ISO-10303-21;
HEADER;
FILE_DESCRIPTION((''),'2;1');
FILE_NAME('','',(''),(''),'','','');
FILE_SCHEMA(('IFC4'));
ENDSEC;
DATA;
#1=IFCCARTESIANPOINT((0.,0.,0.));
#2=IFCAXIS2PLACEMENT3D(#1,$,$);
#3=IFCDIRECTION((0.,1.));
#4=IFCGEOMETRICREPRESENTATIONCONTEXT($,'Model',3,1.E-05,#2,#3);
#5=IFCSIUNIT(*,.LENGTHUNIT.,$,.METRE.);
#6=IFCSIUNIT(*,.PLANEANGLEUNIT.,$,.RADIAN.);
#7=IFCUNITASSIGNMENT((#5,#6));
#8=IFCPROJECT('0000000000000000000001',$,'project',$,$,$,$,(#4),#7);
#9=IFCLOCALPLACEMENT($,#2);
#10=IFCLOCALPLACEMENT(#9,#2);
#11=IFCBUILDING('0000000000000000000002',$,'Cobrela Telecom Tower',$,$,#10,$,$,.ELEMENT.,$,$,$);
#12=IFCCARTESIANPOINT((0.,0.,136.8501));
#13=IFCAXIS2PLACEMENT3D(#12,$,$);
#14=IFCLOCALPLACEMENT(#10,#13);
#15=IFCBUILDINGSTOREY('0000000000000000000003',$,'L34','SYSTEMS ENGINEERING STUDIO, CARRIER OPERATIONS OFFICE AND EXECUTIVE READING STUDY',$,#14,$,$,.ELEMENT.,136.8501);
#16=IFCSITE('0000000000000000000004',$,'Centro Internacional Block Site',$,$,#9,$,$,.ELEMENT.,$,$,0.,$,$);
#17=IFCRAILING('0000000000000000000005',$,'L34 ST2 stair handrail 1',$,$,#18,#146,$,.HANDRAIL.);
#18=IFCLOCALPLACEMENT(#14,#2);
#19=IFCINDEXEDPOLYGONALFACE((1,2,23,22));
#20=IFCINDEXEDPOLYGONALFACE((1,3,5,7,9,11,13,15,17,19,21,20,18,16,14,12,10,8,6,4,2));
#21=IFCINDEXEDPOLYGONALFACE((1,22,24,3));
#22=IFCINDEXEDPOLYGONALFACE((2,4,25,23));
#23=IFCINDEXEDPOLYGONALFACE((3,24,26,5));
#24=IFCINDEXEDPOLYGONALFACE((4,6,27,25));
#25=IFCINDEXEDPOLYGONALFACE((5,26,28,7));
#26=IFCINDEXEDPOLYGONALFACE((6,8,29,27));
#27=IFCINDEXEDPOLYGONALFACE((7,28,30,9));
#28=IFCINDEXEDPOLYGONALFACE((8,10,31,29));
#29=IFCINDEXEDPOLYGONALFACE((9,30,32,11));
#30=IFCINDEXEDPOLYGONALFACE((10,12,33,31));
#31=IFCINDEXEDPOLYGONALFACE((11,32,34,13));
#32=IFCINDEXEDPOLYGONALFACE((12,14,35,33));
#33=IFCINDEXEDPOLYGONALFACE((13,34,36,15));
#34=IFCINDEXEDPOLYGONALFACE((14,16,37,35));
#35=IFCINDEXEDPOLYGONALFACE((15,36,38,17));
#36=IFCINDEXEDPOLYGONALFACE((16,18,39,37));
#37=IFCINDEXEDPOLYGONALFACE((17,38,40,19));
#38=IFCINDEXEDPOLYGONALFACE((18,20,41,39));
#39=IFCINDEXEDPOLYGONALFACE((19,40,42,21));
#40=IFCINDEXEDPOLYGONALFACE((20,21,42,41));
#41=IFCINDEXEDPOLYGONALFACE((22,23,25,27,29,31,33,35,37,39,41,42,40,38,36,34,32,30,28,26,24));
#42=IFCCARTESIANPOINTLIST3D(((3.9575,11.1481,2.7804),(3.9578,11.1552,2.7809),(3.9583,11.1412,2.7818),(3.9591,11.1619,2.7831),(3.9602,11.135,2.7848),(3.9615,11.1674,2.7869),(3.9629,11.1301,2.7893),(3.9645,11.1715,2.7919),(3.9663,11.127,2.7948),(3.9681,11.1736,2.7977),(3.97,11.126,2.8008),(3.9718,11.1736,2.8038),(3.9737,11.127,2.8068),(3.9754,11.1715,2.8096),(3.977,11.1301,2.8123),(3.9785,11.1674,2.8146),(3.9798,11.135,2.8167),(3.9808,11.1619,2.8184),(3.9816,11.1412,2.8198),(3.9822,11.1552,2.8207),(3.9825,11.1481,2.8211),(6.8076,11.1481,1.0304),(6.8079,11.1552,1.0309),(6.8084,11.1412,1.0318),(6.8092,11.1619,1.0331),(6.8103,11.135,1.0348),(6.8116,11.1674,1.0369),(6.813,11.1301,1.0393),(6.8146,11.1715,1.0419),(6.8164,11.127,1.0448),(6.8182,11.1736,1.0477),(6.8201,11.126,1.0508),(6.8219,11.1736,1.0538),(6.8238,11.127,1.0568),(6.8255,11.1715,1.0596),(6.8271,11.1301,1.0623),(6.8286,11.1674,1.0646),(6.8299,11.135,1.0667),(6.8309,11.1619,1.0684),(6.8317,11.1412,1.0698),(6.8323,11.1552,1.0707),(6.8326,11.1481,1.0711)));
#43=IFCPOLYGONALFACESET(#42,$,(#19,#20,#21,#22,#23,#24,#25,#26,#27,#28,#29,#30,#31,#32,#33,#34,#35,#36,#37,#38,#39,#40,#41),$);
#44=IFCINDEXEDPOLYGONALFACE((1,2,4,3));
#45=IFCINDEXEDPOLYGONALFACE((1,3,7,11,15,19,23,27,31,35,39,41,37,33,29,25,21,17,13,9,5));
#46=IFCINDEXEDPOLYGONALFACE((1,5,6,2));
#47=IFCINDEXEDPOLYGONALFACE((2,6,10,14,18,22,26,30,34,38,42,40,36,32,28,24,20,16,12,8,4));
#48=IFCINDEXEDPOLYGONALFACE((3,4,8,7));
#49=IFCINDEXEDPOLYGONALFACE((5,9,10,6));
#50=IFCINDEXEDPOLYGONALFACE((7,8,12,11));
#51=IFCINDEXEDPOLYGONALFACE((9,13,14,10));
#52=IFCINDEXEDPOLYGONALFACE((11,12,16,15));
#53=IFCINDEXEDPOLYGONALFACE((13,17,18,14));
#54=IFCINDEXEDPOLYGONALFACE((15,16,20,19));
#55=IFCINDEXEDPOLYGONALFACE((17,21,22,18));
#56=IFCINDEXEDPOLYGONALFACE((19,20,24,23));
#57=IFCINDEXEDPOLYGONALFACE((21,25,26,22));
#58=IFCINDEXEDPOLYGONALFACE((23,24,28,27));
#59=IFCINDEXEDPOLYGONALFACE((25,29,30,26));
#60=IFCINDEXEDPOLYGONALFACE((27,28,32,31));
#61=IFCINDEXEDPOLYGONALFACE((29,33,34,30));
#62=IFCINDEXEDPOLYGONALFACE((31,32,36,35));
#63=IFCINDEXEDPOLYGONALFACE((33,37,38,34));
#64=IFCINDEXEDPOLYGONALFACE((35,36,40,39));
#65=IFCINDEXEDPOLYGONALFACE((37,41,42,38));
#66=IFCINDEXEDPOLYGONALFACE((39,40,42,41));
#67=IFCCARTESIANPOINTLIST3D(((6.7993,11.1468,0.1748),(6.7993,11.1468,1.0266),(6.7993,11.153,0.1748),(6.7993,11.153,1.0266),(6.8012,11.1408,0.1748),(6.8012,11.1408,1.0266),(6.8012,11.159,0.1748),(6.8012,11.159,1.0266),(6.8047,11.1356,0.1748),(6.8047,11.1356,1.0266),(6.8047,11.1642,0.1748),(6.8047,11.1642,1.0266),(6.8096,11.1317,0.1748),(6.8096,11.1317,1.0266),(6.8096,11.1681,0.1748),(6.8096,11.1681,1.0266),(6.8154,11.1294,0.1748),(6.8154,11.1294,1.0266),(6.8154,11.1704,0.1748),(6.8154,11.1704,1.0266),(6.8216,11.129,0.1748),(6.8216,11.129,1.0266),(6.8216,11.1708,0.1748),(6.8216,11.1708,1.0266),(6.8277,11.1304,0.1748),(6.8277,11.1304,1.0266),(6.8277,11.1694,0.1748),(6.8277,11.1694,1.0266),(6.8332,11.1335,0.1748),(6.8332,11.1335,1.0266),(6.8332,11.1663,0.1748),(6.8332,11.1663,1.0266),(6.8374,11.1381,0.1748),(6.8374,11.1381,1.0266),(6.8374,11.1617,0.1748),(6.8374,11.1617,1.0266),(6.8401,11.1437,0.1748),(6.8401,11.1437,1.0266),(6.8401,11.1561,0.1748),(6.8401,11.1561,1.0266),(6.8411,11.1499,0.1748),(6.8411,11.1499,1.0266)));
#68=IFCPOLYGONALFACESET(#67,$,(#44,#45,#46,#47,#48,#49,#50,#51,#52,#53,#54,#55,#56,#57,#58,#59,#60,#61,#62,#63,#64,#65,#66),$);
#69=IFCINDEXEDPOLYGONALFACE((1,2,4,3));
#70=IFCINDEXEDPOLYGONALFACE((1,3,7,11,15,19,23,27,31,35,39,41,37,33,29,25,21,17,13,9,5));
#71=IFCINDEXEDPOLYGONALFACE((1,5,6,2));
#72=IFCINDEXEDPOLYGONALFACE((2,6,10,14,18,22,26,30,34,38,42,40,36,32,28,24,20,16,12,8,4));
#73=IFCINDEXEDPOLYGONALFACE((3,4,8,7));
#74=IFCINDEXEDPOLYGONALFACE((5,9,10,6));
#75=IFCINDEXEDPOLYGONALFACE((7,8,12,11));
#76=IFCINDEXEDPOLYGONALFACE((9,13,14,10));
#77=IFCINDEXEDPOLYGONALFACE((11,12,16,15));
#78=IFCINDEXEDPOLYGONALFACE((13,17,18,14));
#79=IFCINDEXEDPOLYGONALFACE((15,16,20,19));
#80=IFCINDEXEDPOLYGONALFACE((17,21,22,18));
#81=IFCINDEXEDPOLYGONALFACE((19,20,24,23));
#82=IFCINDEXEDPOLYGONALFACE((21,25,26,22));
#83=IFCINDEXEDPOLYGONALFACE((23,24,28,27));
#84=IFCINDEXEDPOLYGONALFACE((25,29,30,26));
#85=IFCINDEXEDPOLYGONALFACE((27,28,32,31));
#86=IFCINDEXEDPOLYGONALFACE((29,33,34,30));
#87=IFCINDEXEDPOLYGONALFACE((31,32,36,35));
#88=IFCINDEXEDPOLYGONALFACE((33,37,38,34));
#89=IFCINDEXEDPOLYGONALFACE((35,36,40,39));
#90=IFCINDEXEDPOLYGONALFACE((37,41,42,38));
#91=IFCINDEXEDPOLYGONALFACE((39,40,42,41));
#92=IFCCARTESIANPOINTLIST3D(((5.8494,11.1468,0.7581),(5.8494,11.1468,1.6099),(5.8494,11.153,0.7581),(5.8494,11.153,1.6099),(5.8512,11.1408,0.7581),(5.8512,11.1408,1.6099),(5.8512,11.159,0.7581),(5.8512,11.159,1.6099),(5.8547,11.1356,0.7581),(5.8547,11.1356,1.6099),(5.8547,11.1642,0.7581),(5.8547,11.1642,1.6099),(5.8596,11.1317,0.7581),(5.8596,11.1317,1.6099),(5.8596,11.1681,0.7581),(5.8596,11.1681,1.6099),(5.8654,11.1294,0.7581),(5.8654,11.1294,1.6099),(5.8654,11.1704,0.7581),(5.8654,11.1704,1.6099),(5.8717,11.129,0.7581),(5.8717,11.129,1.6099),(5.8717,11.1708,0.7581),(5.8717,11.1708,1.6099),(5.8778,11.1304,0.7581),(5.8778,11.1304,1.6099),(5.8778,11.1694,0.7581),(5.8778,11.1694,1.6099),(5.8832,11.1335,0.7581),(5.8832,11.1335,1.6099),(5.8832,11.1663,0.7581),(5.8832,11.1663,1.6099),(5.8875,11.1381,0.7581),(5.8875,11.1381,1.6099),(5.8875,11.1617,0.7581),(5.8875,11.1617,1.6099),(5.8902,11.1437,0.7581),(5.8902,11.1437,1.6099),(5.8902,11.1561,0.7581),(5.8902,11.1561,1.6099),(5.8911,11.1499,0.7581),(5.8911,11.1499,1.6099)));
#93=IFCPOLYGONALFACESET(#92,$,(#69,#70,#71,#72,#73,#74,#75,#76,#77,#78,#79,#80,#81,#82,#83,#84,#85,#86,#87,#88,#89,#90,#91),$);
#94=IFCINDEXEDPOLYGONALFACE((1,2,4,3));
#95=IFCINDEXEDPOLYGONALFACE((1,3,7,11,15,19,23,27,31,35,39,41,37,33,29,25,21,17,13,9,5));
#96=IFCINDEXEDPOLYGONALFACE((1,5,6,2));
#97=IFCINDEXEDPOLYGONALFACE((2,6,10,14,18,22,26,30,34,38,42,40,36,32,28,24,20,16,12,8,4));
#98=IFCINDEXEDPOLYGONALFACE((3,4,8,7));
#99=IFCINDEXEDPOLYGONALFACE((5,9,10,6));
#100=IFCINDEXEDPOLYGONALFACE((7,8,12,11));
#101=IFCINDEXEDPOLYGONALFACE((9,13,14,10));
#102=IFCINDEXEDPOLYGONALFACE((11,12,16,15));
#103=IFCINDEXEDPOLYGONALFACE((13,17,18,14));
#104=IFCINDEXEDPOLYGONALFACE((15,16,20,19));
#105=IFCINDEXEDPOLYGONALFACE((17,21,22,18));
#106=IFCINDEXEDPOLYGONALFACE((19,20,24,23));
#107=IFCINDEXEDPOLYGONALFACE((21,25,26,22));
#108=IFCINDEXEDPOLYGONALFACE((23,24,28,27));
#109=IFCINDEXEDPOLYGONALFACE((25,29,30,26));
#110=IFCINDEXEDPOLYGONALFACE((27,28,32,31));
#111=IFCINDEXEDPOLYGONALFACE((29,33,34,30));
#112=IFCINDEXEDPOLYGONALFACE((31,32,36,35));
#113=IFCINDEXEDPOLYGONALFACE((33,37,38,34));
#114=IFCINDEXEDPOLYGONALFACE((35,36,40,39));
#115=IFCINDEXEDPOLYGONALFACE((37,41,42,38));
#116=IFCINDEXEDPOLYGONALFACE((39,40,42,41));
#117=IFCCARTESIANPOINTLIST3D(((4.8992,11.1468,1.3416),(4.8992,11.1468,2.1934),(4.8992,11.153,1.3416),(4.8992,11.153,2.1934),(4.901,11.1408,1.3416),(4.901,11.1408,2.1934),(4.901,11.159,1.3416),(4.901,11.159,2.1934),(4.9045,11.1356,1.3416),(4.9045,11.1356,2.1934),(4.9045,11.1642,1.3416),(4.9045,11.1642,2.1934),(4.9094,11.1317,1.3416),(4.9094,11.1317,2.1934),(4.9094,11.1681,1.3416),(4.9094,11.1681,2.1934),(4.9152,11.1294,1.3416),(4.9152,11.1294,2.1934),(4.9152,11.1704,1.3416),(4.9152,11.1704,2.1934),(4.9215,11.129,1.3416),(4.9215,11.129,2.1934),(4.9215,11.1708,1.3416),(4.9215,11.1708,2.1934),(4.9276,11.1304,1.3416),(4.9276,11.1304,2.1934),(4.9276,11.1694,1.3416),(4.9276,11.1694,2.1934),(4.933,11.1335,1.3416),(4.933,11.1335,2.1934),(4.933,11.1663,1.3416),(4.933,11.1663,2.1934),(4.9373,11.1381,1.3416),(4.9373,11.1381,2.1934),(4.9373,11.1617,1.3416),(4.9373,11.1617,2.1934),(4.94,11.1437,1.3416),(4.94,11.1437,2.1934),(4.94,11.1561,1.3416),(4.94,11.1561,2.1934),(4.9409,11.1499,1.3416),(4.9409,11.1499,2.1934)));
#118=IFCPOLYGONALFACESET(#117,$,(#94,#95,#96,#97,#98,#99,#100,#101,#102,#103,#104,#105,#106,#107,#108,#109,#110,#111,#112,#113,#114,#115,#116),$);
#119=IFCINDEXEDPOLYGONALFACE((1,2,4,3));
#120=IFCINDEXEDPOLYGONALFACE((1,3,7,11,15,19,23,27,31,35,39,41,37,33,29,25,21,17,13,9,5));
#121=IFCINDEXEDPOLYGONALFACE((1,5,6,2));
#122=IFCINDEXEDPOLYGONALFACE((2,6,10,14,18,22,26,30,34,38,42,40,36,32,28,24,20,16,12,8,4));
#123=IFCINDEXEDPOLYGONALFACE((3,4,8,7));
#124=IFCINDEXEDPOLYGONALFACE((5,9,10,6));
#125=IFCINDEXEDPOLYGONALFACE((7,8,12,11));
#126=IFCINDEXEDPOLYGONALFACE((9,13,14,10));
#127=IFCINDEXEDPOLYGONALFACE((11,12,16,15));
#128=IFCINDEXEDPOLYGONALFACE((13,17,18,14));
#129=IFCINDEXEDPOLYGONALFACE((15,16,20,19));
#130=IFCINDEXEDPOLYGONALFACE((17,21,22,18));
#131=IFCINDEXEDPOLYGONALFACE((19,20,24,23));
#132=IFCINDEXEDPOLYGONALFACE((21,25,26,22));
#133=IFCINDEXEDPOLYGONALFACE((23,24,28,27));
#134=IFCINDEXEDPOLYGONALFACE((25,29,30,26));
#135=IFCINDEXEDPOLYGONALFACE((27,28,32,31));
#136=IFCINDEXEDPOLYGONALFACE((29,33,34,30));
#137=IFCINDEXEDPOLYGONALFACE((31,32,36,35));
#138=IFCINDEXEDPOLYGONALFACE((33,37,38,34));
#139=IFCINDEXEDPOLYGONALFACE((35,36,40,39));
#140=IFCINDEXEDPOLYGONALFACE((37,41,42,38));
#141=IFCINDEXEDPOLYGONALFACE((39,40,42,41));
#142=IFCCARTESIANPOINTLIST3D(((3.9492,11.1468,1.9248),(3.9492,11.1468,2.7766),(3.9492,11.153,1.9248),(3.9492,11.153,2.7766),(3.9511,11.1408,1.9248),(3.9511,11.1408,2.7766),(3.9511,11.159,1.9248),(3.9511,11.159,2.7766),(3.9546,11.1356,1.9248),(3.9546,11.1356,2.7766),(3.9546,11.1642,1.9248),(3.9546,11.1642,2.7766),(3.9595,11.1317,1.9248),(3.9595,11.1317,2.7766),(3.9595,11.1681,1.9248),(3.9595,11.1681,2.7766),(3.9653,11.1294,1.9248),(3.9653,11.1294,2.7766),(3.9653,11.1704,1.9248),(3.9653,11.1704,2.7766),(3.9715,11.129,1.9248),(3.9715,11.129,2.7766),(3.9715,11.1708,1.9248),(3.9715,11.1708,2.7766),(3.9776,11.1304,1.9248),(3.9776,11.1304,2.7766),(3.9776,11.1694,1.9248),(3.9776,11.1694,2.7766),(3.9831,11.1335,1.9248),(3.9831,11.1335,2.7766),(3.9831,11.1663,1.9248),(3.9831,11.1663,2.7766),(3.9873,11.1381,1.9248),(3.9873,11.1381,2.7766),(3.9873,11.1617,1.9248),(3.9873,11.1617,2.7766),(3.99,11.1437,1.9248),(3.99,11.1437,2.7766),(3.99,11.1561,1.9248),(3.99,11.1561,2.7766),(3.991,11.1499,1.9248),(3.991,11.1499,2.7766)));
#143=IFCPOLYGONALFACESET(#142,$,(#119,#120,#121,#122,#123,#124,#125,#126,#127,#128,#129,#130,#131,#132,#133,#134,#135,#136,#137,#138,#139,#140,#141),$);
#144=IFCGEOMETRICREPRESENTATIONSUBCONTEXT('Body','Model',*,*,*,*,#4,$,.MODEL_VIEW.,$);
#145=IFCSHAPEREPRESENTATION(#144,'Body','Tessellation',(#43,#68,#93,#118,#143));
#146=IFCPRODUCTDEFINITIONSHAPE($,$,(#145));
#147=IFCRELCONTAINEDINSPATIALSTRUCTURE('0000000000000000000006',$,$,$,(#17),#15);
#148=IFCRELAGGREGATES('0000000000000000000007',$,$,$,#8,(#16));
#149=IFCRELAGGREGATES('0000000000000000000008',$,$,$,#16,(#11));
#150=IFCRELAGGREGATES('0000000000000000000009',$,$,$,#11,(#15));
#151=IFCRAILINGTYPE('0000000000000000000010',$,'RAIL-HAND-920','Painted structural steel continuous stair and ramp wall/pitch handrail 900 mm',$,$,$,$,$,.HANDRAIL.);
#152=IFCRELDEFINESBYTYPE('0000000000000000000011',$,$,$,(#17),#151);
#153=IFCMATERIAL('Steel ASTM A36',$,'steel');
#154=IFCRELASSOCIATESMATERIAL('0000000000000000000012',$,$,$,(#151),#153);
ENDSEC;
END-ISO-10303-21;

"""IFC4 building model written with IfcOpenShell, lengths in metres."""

from ifc_helpers import new_model, si_unit, direction, frame, origin, origin_2d, place, context, subcontext, project, spatial, circle, extrude, material, type_object, element, save


model = new_model("IFC4")

# Units and contexts
model_context = context("Model", 3, precision=1e-05, world=origin(), true_north=direction((0.0, 1.0)))
body_context = subcontext(model_context, "Body", "Model", "MODEL_VIEW")
ifc_project = project(units=[si_unit("LENGTHUNIT", "METRE"), si_unit("PLANEANGLEUNIT", "RADIAN")], contexts=[model_context])

# Site, building, storey
site_placement = place(None, origin())
site = spatial("IfcSite", under=ifc_project, at=site_placement, Name="Centro Internacional Block Site", CompositionType="ELEMENT", RefElevation=0.0)
building_placement = place(site_placement, origin())
building = spatial("IfcBuilding", under=site, at=building_placement, Name="Cobrela Telecom Tower", CompositionType="ELEMENT")
storey_placement = place(building_placement, frame((0.0, 0.0, 136.8501)))
storey = spatial("IfcBuildingStorey", under=building, at=storey_placement, Name="L34", Description="SYSTEMS ENGINEERING STUDIO, CARRIER OPERATIONS OFFICE AND EXECUTIVE READING STUDY", CompositionType="ELEMENT", Elevation=136.8501)

# Shared definitions
ifc_material_1 = material(Name="Steel ASTM A36", Category="steel")

# Railing
railing_type_1 = type_object("IfcRailingType", Name="RAIL-HAND-920", Description="Painted structural steel continuous stair and ramp wall/pitch handrail 900 mm", PredefinedType="HANDRAIL", material=ifc_material_1)
railing_1_placement = place(storey_placement, frame((6.8201, 11.1499, 0.1748)))
element("IfcRailing", 1, at=railing_1_placement, inside=storey, type_object=railing_type_1, Name="L34 ST2 stair handrail 1", PredefinedType="HANDRAIL", context=body_context, shape_type="SweptSolid", body=[
    extrude(circle(Radius=0.0239, at=origin_2d()), frame((0.0, 0.0, 0.876), z_axis=(-0.852179, 0.0, 0.52325), x_axis=(0.0, -1.0, 0.0)), (0.0, 0.0, 1.0), 3.3445),
    extrude(circle(Radius=0.021, at=origin_2d()), origin(), (0.0, 0.0, 1.0), 0.8518),
    extrude(circle(Radius=0.021, at=origin_2d()), frame((-0.95, 0.0, 0.5833)), (0.0, 0.0, 1.0), 0.8518),
    extrude(circle(Radius=0.021, at=origin_2d()), frame((-1.9001, 0.0, 1.1667)), (0.0, 0.0, 1.0), 0.8518),
    extrude(circle(Radius=0.021, at=origin_2d()), frame((-2.8501, 0.0, 1.75)), (0.0, 0.0, 1.0), 0.8518),
])

save(model, "model.ifc")
